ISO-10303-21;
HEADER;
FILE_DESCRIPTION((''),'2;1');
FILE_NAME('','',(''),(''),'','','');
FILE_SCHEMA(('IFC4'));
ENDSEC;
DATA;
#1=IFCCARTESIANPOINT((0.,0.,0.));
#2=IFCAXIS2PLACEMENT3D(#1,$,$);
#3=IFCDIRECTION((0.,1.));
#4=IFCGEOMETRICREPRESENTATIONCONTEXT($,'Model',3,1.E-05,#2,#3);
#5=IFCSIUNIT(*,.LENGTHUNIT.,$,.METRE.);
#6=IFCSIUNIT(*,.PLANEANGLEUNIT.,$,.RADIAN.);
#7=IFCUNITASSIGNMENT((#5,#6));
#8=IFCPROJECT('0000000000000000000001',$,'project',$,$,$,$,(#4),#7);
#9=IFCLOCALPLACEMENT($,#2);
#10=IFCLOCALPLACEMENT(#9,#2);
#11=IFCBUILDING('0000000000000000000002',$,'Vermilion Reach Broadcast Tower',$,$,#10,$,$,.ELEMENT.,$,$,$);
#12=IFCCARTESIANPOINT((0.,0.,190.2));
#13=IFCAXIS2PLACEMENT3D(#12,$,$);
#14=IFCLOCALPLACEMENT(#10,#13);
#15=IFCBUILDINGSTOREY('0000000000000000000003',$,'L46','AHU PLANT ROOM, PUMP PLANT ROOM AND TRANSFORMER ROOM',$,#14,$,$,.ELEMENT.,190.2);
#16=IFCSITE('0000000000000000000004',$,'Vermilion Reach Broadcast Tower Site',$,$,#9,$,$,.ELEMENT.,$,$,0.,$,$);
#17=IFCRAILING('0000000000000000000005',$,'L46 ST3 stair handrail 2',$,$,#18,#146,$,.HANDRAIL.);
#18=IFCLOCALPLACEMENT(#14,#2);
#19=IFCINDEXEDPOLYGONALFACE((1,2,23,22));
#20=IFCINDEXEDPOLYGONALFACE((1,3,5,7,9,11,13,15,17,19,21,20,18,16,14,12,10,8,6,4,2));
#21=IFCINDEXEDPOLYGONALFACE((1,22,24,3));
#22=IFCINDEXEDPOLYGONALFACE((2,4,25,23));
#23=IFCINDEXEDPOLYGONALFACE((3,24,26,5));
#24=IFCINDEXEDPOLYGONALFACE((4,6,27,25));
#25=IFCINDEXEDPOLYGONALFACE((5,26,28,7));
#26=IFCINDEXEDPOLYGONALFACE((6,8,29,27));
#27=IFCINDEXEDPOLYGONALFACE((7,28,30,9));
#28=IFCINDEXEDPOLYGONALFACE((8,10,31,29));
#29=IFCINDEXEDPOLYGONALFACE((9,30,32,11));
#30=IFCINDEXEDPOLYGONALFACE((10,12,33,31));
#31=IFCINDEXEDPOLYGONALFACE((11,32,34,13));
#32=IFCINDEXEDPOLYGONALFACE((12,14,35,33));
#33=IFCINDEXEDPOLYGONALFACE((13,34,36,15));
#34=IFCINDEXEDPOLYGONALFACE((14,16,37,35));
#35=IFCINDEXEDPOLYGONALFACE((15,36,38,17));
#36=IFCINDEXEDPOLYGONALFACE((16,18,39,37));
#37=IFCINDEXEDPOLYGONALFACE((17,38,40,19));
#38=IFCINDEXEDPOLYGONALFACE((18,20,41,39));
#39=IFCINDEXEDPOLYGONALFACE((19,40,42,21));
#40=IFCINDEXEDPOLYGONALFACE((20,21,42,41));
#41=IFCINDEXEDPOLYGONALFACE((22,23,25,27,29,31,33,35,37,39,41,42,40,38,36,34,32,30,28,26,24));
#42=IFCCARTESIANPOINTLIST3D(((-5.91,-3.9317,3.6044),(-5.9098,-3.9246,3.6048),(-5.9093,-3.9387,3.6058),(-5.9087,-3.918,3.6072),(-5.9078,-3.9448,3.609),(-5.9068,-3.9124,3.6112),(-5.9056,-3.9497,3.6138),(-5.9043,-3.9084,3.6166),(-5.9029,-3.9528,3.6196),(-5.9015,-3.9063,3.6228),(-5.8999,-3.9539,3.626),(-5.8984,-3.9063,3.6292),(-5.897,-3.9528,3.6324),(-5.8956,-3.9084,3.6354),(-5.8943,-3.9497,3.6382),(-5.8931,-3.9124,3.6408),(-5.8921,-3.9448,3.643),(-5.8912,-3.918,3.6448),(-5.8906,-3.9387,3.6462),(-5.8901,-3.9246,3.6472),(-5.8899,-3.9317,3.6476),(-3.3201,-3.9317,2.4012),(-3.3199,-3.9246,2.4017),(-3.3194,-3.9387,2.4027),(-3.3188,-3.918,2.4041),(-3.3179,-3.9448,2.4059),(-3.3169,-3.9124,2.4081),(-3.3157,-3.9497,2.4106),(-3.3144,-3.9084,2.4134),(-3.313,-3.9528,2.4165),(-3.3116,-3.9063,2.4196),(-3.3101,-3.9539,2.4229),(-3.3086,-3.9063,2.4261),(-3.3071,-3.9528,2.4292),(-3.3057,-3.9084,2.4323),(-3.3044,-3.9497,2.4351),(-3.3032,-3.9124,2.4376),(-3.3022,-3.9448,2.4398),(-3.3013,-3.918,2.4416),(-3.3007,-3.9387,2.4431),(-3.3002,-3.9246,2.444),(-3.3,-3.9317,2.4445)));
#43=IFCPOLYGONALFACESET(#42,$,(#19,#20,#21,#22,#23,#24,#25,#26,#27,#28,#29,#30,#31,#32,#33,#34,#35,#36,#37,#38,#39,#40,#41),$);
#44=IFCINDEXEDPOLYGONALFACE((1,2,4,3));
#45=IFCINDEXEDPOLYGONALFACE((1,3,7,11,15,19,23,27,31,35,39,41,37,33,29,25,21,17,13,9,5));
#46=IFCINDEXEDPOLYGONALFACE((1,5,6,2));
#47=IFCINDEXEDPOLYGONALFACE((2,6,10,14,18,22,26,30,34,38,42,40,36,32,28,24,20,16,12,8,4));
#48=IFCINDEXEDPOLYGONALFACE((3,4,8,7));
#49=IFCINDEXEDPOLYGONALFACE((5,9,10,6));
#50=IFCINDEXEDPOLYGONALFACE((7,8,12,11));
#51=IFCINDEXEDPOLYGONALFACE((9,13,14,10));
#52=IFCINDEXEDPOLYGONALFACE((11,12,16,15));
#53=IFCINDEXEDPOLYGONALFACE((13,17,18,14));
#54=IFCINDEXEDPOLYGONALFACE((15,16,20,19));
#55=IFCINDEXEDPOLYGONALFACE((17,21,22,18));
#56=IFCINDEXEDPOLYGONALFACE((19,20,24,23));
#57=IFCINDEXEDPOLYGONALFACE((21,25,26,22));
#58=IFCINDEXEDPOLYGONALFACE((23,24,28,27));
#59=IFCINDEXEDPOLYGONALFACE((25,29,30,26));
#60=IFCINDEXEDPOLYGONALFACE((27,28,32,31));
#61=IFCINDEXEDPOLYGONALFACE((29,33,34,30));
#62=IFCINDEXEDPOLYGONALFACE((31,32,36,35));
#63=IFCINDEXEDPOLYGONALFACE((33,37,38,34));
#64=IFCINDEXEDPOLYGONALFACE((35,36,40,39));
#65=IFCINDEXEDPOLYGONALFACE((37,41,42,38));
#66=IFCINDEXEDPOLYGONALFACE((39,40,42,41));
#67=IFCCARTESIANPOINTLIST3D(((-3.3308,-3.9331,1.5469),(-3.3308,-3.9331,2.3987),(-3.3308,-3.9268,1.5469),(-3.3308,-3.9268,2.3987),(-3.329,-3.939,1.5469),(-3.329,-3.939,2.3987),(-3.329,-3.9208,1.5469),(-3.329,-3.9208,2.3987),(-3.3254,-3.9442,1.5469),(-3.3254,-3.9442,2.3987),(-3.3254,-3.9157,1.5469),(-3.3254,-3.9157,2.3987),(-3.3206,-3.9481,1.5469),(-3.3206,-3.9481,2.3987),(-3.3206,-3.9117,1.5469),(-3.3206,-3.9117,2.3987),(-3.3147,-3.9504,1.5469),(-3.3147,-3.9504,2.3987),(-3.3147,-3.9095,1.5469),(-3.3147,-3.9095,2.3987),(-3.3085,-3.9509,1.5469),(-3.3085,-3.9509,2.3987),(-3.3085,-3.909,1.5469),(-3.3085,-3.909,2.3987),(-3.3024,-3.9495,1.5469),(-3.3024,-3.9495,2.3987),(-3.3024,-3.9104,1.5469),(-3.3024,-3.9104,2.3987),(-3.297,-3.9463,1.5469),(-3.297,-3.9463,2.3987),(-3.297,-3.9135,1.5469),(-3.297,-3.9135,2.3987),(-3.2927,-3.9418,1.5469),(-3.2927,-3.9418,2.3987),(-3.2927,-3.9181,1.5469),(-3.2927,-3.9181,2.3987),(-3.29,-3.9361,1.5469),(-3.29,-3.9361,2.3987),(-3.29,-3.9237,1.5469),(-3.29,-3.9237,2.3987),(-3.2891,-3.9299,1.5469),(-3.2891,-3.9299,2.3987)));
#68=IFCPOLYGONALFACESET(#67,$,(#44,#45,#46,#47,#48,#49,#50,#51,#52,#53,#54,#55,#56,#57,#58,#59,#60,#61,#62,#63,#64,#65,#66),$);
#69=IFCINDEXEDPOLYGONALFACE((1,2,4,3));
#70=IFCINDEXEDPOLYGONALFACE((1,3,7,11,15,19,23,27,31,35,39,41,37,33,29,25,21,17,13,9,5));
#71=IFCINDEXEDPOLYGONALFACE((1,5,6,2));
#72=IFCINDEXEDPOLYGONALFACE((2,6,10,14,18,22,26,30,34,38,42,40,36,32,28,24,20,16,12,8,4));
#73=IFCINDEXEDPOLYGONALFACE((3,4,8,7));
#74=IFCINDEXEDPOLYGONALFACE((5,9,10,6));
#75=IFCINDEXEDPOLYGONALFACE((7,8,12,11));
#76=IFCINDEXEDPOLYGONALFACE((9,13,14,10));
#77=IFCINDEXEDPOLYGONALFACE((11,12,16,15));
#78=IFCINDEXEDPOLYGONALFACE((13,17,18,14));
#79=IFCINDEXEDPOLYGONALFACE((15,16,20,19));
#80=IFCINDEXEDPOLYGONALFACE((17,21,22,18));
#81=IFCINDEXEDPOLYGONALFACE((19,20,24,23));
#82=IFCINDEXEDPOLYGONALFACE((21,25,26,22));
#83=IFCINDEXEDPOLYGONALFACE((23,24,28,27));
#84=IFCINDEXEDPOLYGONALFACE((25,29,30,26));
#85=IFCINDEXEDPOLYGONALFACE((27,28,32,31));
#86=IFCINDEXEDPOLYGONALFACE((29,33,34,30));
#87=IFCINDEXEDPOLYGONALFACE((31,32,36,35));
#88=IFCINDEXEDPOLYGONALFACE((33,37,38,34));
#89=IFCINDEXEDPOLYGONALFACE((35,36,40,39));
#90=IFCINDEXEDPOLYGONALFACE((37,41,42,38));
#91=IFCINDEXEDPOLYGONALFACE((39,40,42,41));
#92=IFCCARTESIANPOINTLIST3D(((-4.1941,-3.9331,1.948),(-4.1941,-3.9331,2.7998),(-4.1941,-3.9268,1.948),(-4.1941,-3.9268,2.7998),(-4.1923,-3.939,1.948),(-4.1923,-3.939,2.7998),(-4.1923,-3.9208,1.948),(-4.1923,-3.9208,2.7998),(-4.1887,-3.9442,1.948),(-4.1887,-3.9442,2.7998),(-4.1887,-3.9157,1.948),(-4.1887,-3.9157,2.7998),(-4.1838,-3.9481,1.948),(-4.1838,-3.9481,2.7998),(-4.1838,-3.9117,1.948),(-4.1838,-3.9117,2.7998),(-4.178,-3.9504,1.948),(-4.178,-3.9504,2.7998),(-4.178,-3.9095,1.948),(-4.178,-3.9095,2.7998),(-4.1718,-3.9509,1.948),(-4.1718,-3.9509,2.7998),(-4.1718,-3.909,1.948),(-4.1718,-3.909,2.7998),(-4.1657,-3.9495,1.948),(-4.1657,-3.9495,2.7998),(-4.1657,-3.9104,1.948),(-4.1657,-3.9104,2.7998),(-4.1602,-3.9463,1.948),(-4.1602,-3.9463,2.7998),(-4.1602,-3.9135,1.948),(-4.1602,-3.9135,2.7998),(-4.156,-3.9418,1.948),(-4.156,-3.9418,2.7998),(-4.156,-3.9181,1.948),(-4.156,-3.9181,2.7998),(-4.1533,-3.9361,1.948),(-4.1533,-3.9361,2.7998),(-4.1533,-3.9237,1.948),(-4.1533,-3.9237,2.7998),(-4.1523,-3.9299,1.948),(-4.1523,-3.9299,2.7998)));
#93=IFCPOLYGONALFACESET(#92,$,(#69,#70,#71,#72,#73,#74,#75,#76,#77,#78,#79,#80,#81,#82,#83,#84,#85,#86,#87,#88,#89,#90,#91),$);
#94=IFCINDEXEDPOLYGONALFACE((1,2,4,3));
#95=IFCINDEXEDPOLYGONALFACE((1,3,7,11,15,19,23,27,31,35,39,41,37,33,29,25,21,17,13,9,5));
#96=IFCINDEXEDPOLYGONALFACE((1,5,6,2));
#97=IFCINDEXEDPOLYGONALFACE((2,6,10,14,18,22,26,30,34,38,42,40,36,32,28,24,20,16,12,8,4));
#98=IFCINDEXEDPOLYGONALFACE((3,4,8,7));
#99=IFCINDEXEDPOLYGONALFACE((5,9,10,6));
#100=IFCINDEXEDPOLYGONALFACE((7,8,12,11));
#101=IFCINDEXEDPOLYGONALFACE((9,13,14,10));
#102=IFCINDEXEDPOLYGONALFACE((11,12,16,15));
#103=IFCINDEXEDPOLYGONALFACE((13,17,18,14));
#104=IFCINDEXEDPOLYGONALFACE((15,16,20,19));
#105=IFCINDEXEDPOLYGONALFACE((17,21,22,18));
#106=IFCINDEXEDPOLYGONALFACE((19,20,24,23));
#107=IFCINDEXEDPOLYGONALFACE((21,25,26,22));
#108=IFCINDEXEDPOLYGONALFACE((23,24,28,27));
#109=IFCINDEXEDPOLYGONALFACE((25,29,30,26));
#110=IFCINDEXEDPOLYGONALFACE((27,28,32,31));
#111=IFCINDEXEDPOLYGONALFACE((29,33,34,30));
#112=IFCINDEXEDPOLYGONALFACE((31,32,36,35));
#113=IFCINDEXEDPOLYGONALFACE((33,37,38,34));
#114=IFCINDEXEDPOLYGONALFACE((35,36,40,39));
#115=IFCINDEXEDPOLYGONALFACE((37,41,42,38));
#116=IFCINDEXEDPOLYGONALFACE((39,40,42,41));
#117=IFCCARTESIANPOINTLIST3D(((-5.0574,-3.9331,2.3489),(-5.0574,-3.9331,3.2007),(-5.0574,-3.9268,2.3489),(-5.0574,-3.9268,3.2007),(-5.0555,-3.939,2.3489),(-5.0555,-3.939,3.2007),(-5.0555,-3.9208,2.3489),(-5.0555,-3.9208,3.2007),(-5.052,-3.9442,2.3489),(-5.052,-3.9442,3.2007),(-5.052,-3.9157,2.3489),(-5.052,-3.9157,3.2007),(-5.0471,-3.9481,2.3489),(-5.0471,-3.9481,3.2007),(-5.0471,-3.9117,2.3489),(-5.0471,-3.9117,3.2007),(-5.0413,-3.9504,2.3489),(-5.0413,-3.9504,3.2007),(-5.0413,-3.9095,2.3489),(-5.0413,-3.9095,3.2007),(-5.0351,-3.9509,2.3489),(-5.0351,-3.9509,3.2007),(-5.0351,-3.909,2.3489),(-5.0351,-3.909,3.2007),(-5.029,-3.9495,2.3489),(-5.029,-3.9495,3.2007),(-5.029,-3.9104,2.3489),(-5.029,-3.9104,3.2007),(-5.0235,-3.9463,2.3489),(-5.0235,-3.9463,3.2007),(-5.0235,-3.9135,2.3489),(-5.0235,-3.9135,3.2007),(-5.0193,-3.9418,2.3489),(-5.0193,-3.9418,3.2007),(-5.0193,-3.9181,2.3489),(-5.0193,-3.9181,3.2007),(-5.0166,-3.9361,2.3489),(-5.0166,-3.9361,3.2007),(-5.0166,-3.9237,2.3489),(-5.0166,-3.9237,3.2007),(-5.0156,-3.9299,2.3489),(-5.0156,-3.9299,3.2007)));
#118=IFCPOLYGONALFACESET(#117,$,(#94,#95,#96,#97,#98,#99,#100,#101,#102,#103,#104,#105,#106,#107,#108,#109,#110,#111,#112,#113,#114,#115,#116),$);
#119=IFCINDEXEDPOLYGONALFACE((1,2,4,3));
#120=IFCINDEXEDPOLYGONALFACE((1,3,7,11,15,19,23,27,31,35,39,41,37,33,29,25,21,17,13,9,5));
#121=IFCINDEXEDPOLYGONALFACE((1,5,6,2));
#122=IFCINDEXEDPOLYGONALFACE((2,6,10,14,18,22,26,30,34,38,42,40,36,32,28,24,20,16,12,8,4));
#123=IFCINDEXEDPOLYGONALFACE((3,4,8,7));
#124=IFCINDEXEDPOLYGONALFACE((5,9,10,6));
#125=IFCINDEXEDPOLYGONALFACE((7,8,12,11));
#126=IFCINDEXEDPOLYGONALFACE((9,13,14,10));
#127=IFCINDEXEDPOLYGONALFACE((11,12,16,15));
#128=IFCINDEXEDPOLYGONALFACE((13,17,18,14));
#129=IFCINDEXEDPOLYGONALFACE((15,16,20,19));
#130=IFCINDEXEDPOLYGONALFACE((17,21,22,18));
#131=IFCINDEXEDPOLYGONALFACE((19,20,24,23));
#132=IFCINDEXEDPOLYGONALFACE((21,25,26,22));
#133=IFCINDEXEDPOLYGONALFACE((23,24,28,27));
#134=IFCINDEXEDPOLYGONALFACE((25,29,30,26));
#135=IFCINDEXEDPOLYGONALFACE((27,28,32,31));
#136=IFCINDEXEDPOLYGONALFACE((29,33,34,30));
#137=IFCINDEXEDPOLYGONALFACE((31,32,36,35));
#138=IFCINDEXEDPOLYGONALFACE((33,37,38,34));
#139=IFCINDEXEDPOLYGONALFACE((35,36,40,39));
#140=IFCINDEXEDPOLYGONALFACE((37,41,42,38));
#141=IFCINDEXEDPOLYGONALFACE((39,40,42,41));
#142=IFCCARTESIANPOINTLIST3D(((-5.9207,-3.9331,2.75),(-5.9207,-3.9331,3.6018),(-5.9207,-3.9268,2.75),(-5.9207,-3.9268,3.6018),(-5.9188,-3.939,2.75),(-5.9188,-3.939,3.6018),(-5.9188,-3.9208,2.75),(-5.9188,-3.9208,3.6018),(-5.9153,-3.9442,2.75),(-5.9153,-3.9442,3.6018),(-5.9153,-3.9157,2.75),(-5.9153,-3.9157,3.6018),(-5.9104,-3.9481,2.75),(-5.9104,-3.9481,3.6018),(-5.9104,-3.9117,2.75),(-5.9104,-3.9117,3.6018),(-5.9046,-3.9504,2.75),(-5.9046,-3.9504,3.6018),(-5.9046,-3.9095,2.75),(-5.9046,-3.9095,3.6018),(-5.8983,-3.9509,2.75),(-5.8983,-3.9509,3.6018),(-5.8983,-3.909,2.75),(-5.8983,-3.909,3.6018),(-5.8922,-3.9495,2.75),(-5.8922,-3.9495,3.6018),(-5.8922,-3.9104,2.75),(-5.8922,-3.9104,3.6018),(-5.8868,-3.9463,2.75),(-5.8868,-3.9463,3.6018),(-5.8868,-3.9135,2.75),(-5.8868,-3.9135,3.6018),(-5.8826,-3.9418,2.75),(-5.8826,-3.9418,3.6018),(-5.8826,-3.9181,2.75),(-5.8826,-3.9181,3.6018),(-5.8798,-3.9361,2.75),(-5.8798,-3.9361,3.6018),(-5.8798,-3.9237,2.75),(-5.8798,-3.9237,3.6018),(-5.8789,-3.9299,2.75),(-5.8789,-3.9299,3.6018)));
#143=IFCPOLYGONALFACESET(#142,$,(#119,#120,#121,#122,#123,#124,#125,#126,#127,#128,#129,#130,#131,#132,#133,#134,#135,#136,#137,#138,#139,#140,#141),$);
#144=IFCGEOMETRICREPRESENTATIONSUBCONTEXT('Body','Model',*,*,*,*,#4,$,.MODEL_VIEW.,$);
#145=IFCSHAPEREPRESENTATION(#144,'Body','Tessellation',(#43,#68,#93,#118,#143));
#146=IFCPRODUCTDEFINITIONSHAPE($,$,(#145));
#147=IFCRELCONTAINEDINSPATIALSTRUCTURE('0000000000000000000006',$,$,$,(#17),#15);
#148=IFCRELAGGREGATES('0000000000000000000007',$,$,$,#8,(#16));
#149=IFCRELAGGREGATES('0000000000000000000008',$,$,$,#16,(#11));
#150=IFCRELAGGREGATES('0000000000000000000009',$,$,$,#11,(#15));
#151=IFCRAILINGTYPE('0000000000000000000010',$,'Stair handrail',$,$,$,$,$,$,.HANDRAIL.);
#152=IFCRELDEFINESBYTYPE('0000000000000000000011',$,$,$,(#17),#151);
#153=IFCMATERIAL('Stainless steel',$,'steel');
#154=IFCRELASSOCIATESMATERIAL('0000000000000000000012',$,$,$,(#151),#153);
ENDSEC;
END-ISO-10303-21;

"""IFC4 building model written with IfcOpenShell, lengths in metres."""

from ifc_helpers import new_model, si_unit, direction, frame, origin, origin_2d, place, context, subcontext, project, spatial, circle, extrude, material, type_object, element, save


model = new_model("IFC4")

# Units and contexts
model_context = context("Model", 3, precision=1e-05, world=origin(), true_north=direction((0.0, 1.0)))
body_context = subcontext(model_context, "Body", "Model", "MODEL_VIEW")
ifc_project = project(units=[si_unit("LENGTHUNIT", "METRE"), si_unit("PLANEANGLEUNIT", "RADIAN")], contexts=[model_context])

# Site, building, storey
site_placement = place(None, origin())
site = spatial("IfcSite", under=ifc_project, at=site_placement, Name="Vermilion Reach Broadcast Tower Site", CompositionType="ELEMENT", RefElevation=0.0)
building_placement = place(site_placement, origin())
building = spatial("IfcBuilding", under=site, at=building_placement, Name="Vermilion Reach Broadcast Tower", CompositionType="ELEMENT")
storey_placement = place(building_placement, frame((0.0, 0.0, 190.2)))
storey = spatial("IfcBuildingStorey", under=building, at=storey_placement, Name="L46", Description="AHU PLANT ROOM, PUMP PLANT ROOM AND TRANSFORMER ROOM", CompositionType="ELEMENT", Elevation=190.2)

# Railing
ifc_material_1 = material(Name="Stainless steel", Category="steel")
railing_type_1 = type_object("IfcRailingType", Name="Stair handrail", PredefinedType="HANDRAIL", material=ifc_material_1)
railing_1_placement = place(storey_placement, frame((-3.3101, -3.9299, 1.5469)))
element("IfcRailing", 1, at=railing_1_placement, inside=storey, type_object=railing_type_1, Name="L46 ST3 stair handrail 2", PredefinedType="HANDRAIL", context=body_context, shape_type="SweptSolid", body=[
    extrude(circle(Radius=0.0239, at=origin_2d()), frame((0.0, 0.0, 0.876), z_axis=(-0.906916, 0.0, 0.421312), x_axis=(0.0, -1.0, 0.0)), (0.0, 0.0, 1.0), 2.8557),
    extrude(circle(Radius=0.021, at=origin_2d()), origin(), (0.0, 0.0, 1.0), 0.8518),
    extrude(circle(Radius=0.021, at=origin_2d()), frame((-0.8633, 0.0, 0.4011)), (0.0, 0.0, 1.0), 0.8518),
    extrude(circle(Radius=0.021, at=origin_2d()), frame((-1.7266, 0.0, 0.802)), (0.0, 0.0, 1.0), 0.8518),
    extrude(circle(Radius=0.021, at=origin_2d()), frame((-2.5898, 0.0, 1.2031)), (0.0, 0.0, 1.0), 0.8518),
])

save(model, "model.ifc")
